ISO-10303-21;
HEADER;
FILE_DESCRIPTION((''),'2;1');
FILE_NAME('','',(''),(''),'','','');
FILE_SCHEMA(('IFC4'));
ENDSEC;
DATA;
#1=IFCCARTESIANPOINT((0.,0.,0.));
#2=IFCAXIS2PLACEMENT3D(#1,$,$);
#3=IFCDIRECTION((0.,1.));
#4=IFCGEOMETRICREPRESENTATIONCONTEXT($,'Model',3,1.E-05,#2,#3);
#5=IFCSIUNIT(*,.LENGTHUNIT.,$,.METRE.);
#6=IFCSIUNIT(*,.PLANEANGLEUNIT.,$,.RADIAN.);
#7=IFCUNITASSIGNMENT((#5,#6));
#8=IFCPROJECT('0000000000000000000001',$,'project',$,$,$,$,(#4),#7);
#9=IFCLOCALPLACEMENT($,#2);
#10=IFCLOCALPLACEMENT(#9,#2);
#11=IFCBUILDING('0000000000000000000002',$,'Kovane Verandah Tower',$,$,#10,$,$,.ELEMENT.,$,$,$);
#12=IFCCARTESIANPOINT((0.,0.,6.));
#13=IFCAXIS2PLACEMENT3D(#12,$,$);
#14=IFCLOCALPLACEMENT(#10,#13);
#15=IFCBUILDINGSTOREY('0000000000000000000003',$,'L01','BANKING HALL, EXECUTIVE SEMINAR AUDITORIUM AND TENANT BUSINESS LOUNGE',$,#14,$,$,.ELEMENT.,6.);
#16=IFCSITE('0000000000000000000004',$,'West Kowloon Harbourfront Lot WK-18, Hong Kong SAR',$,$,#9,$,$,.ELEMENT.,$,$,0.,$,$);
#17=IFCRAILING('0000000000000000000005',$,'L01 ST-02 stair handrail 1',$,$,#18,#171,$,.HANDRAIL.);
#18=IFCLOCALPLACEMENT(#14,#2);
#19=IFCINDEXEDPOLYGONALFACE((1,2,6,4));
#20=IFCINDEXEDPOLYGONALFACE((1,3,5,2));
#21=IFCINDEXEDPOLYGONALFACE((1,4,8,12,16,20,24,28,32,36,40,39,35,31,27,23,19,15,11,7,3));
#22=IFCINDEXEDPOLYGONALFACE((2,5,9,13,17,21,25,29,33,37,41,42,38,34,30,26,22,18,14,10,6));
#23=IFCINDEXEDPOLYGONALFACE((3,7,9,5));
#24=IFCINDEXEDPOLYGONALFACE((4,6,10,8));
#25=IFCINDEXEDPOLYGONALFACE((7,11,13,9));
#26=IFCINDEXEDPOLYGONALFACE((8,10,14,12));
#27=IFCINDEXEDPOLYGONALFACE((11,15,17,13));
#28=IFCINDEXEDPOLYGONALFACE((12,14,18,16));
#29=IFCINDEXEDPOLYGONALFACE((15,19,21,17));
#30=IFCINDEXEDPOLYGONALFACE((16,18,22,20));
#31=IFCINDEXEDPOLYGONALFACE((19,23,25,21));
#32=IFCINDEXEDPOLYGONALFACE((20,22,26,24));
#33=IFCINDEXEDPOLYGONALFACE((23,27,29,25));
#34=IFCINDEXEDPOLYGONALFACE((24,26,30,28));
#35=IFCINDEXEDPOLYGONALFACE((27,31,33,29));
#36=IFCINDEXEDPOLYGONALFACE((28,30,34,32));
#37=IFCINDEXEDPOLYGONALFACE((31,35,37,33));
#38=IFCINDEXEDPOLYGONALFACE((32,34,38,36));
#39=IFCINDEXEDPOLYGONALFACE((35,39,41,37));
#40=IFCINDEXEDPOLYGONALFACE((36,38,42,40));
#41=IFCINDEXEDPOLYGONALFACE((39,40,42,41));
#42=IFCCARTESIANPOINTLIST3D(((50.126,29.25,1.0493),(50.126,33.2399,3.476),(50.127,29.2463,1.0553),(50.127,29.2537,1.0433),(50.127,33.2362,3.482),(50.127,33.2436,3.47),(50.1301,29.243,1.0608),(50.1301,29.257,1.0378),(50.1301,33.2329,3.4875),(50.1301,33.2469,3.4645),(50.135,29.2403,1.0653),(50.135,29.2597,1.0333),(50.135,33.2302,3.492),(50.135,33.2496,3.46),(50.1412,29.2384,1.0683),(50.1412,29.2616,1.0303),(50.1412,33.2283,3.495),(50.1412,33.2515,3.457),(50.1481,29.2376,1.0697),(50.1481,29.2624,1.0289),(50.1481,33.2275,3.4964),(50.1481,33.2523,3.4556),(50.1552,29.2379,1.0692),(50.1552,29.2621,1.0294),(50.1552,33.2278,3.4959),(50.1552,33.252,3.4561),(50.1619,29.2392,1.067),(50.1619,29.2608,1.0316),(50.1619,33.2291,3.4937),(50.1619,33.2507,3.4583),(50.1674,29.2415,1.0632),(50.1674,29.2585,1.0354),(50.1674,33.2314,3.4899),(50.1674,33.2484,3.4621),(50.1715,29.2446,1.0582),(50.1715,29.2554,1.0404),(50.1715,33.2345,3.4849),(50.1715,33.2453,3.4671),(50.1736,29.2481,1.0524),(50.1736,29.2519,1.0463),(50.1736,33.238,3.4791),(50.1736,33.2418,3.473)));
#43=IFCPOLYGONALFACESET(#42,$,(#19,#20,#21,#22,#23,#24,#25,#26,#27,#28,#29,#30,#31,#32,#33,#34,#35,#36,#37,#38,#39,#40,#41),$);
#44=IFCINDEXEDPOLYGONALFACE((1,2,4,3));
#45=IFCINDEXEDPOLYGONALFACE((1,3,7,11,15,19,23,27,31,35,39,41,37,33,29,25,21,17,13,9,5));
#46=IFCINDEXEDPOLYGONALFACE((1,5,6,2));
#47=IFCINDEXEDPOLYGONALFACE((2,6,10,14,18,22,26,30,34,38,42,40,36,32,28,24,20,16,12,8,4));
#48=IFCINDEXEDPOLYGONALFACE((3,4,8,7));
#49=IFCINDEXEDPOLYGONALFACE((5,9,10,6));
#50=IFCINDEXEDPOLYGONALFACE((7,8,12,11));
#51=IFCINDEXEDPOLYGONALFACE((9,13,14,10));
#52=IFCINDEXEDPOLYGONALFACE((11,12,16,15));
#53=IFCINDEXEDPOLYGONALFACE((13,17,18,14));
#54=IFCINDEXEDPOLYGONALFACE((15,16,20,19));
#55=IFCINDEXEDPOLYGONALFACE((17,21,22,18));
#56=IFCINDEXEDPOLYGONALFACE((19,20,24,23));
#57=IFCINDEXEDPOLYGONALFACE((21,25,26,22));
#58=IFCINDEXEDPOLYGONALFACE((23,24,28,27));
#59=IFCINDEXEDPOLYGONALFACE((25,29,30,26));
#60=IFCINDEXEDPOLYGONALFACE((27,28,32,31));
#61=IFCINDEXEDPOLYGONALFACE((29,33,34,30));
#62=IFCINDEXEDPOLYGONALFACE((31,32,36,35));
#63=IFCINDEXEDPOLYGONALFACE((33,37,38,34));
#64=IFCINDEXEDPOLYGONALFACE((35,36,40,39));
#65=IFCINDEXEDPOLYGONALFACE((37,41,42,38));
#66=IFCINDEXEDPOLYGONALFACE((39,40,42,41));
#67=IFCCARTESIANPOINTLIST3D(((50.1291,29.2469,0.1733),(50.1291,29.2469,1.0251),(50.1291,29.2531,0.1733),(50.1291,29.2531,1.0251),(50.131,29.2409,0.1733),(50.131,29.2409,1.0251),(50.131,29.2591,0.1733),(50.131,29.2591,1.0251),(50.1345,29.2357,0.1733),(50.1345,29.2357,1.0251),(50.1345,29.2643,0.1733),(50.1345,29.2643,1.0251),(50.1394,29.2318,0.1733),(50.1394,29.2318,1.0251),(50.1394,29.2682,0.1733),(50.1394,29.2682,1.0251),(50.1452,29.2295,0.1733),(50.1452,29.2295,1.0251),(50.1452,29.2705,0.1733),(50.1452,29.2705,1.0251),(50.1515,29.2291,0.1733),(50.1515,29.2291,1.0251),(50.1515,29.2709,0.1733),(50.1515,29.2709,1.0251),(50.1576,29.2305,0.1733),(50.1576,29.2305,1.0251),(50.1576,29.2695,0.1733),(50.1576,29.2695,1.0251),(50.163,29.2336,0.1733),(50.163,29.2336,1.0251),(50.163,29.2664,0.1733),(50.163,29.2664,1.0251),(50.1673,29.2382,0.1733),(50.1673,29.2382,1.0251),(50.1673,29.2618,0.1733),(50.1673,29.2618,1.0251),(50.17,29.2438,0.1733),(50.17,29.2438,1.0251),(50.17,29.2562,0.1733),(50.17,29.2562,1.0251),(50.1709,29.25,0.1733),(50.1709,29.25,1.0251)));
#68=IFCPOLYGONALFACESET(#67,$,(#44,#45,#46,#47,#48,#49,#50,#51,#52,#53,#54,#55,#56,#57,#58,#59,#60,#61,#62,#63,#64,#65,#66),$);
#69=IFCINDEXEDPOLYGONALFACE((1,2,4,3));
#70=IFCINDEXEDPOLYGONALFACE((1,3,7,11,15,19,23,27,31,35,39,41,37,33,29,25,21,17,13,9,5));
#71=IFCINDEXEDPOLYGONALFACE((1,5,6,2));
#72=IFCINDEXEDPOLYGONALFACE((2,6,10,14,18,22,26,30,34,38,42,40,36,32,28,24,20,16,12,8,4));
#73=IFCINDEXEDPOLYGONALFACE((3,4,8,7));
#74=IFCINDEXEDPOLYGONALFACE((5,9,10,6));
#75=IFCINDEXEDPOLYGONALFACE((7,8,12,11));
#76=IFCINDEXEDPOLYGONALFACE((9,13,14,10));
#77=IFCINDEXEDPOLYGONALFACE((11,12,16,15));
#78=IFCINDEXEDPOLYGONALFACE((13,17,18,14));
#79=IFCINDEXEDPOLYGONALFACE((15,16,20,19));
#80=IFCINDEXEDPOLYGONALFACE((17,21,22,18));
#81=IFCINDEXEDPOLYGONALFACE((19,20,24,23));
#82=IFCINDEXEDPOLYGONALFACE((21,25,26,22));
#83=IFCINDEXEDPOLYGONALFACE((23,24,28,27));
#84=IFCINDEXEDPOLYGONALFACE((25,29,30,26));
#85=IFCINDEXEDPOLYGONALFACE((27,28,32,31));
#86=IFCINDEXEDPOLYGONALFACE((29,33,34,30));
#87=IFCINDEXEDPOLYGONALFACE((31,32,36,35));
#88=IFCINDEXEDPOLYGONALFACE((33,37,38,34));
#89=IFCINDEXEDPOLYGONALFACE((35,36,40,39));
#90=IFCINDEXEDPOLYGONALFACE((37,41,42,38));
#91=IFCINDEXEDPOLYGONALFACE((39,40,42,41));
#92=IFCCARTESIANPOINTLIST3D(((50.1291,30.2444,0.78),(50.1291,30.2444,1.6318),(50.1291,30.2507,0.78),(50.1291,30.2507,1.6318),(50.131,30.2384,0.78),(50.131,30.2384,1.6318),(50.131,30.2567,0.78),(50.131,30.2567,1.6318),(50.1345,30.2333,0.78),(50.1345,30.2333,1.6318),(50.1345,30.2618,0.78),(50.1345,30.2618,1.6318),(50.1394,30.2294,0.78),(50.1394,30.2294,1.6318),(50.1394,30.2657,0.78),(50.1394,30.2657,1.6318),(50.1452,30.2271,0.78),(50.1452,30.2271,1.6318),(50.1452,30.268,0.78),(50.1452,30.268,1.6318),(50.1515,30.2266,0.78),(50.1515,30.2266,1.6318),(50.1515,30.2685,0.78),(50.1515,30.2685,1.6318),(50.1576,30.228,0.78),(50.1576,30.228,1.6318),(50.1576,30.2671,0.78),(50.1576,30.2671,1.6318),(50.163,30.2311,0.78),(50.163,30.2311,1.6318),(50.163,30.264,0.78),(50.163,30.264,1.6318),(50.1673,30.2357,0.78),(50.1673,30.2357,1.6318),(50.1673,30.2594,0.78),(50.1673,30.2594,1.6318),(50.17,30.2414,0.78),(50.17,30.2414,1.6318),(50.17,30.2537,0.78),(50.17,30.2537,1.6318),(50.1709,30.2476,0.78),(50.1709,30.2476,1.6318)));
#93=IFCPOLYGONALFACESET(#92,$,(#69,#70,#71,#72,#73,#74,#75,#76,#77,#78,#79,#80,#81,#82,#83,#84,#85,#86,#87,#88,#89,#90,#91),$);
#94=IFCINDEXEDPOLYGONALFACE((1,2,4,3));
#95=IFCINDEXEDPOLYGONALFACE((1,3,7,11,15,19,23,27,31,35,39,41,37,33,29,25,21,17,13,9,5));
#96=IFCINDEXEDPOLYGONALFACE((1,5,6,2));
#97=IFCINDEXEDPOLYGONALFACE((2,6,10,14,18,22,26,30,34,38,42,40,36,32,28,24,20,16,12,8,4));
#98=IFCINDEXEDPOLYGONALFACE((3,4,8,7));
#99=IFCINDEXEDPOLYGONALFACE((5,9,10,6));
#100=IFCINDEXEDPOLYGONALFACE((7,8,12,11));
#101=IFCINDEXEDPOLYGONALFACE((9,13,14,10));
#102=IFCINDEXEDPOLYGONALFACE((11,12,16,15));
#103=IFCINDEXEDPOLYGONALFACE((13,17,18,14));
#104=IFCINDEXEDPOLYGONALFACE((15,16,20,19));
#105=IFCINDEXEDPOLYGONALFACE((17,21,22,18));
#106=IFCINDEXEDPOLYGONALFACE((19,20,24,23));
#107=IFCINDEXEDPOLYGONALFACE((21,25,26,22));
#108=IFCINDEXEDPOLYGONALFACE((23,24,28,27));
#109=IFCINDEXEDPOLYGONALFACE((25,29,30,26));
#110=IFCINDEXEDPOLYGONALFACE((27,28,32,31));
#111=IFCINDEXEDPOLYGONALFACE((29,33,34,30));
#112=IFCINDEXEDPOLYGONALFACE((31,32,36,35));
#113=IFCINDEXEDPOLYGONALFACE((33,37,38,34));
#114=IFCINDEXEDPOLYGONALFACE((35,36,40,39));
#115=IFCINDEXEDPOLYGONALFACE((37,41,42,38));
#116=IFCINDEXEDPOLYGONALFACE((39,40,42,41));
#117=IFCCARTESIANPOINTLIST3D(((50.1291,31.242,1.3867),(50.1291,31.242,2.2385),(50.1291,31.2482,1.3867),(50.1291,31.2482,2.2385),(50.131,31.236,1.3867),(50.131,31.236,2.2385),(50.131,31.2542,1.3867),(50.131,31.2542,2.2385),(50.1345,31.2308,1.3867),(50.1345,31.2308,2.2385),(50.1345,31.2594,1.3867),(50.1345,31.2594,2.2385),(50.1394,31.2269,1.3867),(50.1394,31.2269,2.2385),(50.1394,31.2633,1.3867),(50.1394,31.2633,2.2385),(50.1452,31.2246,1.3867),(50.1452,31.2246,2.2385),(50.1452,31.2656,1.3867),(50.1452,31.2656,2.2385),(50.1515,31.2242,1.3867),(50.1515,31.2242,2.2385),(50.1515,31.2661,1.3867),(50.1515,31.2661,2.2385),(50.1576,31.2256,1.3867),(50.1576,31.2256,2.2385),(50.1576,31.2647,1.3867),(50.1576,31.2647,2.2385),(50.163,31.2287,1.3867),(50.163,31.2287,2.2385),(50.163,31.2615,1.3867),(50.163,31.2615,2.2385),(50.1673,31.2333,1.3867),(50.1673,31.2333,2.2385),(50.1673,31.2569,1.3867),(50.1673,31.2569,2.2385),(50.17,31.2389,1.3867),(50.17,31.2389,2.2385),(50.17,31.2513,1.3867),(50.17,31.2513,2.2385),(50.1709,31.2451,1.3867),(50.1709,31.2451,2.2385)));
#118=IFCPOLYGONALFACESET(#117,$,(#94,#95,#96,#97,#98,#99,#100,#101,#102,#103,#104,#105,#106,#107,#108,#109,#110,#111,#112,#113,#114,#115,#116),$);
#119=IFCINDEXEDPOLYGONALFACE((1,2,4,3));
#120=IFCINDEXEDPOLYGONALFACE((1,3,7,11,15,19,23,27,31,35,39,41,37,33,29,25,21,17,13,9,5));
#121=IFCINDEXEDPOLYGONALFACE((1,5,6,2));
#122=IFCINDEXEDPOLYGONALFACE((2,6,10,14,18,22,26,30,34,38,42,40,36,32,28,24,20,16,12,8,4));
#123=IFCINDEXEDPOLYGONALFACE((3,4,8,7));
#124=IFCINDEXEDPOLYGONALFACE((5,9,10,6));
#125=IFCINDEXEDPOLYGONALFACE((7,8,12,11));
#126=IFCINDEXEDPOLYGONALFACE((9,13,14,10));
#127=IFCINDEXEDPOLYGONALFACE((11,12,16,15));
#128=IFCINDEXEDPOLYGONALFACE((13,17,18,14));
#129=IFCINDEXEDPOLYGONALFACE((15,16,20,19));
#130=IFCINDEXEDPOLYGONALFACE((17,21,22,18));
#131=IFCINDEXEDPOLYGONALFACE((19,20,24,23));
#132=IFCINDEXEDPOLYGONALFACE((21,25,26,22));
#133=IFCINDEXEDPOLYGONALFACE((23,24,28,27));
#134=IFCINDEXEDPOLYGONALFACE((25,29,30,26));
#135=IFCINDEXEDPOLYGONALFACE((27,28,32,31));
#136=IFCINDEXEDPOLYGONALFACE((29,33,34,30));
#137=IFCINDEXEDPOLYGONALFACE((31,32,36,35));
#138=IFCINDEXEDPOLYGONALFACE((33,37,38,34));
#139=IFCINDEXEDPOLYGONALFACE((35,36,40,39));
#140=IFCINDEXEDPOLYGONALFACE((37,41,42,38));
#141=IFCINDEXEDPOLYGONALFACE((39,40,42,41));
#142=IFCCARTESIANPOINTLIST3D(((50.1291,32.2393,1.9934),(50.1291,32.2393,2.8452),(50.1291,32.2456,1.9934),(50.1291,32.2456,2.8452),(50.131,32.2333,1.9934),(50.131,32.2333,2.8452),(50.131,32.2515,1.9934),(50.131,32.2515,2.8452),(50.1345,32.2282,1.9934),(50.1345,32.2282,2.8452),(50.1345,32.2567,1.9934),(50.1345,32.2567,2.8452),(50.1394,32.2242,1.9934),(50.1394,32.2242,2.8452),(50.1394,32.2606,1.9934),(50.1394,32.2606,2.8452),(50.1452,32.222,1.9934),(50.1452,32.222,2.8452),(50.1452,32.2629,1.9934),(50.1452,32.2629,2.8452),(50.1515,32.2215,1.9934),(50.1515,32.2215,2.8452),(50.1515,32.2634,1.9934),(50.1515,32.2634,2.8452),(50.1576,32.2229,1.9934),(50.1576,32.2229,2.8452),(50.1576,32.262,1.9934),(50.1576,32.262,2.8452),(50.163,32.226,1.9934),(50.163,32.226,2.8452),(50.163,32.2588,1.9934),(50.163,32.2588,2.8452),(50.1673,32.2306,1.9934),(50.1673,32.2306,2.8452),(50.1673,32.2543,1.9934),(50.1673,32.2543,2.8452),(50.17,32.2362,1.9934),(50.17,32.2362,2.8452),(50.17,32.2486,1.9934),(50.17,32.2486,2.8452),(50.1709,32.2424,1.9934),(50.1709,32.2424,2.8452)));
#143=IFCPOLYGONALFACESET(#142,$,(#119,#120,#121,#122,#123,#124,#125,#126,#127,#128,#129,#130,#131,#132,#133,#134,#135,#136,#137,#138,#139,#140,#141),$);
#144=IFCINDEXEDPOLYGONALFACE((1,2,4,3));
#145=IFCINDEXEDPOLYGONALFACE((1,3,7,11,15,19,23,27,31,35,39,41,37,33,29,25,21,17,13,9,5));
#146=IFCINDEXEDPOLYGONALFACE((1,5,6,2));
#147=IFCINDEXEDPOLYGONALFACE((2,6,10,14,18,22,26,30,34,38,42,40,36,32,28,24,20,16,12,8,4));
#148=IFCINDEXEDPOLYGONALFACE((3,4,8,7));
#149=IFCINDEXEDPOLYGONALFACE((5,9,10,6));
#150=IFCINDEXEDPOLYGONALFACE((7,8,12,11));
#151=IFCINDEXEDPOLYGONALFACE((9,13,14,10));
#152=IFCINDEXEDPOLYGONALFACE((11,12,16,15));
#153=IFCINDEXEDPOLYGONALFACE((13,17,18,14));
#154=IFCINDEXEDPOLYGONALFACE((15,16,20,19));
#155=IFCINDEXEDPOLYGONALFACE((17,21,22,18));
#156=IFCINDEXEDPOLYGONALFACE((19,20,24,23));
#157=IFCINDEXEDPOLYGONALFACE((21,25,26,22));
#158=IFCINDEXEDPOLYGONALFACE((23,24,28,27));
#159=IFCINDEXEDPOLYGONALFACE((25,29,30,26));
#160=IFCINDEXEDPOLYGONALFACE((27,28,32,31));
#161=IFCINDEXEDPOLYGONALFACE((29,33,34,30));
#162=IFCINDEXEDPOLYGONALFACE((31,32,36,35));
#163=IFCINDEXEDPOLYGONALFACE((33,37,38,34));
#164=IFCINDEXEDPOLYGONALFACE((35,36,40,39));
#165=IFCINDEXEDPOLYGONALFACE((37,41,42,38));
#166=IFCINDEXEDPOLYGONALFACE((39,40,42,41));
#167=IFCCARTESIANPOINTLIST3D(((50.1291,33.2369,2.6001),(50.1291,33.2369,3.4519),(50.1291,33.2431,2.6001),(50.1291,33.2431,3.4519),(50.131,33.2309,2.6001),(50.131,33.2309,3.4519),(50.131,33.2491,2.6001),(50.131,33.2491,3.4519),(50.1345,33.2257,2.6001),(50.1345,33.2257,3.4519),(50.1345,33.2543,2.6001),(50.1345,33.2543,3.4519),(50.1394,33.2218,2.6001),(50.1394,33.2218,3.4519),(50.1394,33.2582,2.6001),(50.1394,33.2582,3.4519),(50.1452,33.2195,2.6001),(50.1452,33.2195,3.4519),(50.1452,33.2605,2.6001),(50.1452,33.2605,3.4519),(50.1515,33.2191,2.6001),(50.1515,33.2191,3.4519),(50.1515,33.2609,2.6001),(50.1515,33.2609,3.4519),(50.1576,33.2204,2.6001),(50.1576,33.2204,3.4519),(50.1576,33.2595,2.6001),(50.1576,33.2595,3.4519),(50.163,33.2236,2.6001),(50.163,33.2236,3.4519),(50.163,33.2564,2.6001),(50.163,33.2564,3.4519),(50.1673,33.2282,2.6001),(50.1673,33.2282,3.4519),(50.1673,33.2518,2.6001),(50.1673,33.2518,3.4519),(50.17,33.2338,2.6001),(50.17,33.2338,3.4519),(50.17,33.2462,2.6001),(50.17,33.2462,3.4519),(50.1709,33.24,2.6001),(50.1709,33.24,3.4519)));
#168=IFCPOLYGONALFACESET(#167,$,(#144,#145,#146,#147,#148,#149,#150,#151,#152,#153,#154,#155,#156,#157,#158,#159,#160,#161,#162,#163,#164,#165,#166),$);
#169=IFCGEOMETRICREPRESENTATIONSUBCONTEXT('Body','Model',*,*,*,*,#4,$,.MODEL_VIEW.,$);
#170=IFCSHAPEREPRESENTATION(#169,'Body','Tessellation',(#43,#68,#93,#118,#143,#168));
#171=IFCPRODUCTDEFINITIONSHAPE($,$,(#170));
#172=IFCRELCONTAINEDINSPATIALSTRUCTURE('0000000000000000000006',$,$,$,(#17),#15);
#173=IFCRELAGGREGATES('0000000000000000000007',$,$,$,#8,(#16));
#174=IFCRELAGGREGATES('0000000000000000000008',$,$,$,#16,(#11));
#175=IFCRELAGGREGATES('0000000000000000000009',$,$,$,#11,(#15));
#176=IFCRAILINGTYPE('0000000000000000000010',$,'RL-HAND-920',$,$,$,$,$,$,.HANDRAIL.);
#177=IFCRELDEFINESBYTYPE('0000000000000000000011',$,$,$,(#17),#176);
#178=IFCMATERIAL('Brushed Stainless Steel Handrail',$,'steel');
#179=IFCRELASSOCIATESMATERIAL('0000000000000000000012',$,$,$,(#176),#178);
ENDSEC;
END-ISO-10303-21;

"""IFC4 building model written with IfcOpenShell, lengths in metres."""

from ifc_helpers import new_model, si_unit, direction, frame, origin, origin_2d, place, context, subcontext, project, spatial, circle, extrude, material, type_object, element, save


model = new_model("IFC4")

# Units and contexts
model_context = context("Model", 3, precision=1e-05, world=origin(), true_north=direction((0.0, 1.0)))
body_context = subcontext(model_context, "Body", "Model", "MODEL_VIEW")
ifc_project = project(units=[si_unit("LENGTHUNIT", "METRE"), si_unit("PLANEANGLEUNIT", "RADIAN")], contexts=[model_context])

# Site, building, storey
site_placement = place(None, origin())
site = spatial("IfcSite", under=ifc_project, at=site_placement, Name="West Kowloon Harbourfront Lot WK-18, Hong Kong SAR", CompositionType="ELEMENT", RefElevation=0.0)
building_placement = place(site_placement, origin())
building = spatial("IfcBuilding", under=site, at=building_placement, Name="Kovane Verandah Tower", CompositionType="ELEMENT")
storey_placement = place(building_placement, frame((0.0, 0.0, 6.0)))
storey = spatial("IfcBuildingStorey", under=building, at=storey_placement, Name="L01", Description="BANKING HALL, EXECUTIVE SEMINAR AUDITORIUM AND TENANT BUSINESS LOUNGE", CompositionType="ELEMENT", Elevation=6.0)

# Railing
ifc_material_1 = material(Name="Brushed Stainless Steel Handrail", Category="steel")
railing_type_1 = type_object("IfcRailingType", Name="RL-HAND-920", PredefinedType="HANDRAIL", material=ifc_material_1)
railing_1_placement = place(storey_placement, frame((50.1499, 29.25, 0.1733)))
element("IfcRailing", 1, at=railing_1_placement, inside=storey, type_object=railing_type_1, Name="L01 ST-02 stair handrail 1", PredefinedType="HANDRAIL", context=body_context, shape_type="SweptSolid", body=[
    extrude(circle(Radius=0.0239, at=origin_2d()), frame((0.0, 0.0, 0.876), z_axis=(0.0, 0.854382, 0.519645), x_axis=(-1.0, 0.0, 0.0)), (0.0, 0.0, 1.0), 4.6699),
    extrude(circle(Radius=0.021, at=origin_2d()), origin(), (0.0, 0.0, 1.0), 0.8518),
    extrude(circle(Radius=0.021, at=origin_2d()), frame((0.0, 0.9976, 0.6067)), (0.0, 0.0, 1.0), 0.8518),
    extrude(circle(Radius=0.021, at=origin_2d()), frame((0.0, 1.9951, 1.2134)), (0.0, 0.0, 1.0), 0.8518),
    extrude(circle(Radius=0.021, at=origin_2d()), frame((0.0, 2.9924, 1.8201)), (0.0, 0.0, 1.0), 0.8518),
    extrude(circle(Radius=0.021, at=origin_2d()), frame((0.0, 3.99, 2.4268)), (0.0, 0.0, 1.0), 0.8518),
])

save(model, "model.ifc")
